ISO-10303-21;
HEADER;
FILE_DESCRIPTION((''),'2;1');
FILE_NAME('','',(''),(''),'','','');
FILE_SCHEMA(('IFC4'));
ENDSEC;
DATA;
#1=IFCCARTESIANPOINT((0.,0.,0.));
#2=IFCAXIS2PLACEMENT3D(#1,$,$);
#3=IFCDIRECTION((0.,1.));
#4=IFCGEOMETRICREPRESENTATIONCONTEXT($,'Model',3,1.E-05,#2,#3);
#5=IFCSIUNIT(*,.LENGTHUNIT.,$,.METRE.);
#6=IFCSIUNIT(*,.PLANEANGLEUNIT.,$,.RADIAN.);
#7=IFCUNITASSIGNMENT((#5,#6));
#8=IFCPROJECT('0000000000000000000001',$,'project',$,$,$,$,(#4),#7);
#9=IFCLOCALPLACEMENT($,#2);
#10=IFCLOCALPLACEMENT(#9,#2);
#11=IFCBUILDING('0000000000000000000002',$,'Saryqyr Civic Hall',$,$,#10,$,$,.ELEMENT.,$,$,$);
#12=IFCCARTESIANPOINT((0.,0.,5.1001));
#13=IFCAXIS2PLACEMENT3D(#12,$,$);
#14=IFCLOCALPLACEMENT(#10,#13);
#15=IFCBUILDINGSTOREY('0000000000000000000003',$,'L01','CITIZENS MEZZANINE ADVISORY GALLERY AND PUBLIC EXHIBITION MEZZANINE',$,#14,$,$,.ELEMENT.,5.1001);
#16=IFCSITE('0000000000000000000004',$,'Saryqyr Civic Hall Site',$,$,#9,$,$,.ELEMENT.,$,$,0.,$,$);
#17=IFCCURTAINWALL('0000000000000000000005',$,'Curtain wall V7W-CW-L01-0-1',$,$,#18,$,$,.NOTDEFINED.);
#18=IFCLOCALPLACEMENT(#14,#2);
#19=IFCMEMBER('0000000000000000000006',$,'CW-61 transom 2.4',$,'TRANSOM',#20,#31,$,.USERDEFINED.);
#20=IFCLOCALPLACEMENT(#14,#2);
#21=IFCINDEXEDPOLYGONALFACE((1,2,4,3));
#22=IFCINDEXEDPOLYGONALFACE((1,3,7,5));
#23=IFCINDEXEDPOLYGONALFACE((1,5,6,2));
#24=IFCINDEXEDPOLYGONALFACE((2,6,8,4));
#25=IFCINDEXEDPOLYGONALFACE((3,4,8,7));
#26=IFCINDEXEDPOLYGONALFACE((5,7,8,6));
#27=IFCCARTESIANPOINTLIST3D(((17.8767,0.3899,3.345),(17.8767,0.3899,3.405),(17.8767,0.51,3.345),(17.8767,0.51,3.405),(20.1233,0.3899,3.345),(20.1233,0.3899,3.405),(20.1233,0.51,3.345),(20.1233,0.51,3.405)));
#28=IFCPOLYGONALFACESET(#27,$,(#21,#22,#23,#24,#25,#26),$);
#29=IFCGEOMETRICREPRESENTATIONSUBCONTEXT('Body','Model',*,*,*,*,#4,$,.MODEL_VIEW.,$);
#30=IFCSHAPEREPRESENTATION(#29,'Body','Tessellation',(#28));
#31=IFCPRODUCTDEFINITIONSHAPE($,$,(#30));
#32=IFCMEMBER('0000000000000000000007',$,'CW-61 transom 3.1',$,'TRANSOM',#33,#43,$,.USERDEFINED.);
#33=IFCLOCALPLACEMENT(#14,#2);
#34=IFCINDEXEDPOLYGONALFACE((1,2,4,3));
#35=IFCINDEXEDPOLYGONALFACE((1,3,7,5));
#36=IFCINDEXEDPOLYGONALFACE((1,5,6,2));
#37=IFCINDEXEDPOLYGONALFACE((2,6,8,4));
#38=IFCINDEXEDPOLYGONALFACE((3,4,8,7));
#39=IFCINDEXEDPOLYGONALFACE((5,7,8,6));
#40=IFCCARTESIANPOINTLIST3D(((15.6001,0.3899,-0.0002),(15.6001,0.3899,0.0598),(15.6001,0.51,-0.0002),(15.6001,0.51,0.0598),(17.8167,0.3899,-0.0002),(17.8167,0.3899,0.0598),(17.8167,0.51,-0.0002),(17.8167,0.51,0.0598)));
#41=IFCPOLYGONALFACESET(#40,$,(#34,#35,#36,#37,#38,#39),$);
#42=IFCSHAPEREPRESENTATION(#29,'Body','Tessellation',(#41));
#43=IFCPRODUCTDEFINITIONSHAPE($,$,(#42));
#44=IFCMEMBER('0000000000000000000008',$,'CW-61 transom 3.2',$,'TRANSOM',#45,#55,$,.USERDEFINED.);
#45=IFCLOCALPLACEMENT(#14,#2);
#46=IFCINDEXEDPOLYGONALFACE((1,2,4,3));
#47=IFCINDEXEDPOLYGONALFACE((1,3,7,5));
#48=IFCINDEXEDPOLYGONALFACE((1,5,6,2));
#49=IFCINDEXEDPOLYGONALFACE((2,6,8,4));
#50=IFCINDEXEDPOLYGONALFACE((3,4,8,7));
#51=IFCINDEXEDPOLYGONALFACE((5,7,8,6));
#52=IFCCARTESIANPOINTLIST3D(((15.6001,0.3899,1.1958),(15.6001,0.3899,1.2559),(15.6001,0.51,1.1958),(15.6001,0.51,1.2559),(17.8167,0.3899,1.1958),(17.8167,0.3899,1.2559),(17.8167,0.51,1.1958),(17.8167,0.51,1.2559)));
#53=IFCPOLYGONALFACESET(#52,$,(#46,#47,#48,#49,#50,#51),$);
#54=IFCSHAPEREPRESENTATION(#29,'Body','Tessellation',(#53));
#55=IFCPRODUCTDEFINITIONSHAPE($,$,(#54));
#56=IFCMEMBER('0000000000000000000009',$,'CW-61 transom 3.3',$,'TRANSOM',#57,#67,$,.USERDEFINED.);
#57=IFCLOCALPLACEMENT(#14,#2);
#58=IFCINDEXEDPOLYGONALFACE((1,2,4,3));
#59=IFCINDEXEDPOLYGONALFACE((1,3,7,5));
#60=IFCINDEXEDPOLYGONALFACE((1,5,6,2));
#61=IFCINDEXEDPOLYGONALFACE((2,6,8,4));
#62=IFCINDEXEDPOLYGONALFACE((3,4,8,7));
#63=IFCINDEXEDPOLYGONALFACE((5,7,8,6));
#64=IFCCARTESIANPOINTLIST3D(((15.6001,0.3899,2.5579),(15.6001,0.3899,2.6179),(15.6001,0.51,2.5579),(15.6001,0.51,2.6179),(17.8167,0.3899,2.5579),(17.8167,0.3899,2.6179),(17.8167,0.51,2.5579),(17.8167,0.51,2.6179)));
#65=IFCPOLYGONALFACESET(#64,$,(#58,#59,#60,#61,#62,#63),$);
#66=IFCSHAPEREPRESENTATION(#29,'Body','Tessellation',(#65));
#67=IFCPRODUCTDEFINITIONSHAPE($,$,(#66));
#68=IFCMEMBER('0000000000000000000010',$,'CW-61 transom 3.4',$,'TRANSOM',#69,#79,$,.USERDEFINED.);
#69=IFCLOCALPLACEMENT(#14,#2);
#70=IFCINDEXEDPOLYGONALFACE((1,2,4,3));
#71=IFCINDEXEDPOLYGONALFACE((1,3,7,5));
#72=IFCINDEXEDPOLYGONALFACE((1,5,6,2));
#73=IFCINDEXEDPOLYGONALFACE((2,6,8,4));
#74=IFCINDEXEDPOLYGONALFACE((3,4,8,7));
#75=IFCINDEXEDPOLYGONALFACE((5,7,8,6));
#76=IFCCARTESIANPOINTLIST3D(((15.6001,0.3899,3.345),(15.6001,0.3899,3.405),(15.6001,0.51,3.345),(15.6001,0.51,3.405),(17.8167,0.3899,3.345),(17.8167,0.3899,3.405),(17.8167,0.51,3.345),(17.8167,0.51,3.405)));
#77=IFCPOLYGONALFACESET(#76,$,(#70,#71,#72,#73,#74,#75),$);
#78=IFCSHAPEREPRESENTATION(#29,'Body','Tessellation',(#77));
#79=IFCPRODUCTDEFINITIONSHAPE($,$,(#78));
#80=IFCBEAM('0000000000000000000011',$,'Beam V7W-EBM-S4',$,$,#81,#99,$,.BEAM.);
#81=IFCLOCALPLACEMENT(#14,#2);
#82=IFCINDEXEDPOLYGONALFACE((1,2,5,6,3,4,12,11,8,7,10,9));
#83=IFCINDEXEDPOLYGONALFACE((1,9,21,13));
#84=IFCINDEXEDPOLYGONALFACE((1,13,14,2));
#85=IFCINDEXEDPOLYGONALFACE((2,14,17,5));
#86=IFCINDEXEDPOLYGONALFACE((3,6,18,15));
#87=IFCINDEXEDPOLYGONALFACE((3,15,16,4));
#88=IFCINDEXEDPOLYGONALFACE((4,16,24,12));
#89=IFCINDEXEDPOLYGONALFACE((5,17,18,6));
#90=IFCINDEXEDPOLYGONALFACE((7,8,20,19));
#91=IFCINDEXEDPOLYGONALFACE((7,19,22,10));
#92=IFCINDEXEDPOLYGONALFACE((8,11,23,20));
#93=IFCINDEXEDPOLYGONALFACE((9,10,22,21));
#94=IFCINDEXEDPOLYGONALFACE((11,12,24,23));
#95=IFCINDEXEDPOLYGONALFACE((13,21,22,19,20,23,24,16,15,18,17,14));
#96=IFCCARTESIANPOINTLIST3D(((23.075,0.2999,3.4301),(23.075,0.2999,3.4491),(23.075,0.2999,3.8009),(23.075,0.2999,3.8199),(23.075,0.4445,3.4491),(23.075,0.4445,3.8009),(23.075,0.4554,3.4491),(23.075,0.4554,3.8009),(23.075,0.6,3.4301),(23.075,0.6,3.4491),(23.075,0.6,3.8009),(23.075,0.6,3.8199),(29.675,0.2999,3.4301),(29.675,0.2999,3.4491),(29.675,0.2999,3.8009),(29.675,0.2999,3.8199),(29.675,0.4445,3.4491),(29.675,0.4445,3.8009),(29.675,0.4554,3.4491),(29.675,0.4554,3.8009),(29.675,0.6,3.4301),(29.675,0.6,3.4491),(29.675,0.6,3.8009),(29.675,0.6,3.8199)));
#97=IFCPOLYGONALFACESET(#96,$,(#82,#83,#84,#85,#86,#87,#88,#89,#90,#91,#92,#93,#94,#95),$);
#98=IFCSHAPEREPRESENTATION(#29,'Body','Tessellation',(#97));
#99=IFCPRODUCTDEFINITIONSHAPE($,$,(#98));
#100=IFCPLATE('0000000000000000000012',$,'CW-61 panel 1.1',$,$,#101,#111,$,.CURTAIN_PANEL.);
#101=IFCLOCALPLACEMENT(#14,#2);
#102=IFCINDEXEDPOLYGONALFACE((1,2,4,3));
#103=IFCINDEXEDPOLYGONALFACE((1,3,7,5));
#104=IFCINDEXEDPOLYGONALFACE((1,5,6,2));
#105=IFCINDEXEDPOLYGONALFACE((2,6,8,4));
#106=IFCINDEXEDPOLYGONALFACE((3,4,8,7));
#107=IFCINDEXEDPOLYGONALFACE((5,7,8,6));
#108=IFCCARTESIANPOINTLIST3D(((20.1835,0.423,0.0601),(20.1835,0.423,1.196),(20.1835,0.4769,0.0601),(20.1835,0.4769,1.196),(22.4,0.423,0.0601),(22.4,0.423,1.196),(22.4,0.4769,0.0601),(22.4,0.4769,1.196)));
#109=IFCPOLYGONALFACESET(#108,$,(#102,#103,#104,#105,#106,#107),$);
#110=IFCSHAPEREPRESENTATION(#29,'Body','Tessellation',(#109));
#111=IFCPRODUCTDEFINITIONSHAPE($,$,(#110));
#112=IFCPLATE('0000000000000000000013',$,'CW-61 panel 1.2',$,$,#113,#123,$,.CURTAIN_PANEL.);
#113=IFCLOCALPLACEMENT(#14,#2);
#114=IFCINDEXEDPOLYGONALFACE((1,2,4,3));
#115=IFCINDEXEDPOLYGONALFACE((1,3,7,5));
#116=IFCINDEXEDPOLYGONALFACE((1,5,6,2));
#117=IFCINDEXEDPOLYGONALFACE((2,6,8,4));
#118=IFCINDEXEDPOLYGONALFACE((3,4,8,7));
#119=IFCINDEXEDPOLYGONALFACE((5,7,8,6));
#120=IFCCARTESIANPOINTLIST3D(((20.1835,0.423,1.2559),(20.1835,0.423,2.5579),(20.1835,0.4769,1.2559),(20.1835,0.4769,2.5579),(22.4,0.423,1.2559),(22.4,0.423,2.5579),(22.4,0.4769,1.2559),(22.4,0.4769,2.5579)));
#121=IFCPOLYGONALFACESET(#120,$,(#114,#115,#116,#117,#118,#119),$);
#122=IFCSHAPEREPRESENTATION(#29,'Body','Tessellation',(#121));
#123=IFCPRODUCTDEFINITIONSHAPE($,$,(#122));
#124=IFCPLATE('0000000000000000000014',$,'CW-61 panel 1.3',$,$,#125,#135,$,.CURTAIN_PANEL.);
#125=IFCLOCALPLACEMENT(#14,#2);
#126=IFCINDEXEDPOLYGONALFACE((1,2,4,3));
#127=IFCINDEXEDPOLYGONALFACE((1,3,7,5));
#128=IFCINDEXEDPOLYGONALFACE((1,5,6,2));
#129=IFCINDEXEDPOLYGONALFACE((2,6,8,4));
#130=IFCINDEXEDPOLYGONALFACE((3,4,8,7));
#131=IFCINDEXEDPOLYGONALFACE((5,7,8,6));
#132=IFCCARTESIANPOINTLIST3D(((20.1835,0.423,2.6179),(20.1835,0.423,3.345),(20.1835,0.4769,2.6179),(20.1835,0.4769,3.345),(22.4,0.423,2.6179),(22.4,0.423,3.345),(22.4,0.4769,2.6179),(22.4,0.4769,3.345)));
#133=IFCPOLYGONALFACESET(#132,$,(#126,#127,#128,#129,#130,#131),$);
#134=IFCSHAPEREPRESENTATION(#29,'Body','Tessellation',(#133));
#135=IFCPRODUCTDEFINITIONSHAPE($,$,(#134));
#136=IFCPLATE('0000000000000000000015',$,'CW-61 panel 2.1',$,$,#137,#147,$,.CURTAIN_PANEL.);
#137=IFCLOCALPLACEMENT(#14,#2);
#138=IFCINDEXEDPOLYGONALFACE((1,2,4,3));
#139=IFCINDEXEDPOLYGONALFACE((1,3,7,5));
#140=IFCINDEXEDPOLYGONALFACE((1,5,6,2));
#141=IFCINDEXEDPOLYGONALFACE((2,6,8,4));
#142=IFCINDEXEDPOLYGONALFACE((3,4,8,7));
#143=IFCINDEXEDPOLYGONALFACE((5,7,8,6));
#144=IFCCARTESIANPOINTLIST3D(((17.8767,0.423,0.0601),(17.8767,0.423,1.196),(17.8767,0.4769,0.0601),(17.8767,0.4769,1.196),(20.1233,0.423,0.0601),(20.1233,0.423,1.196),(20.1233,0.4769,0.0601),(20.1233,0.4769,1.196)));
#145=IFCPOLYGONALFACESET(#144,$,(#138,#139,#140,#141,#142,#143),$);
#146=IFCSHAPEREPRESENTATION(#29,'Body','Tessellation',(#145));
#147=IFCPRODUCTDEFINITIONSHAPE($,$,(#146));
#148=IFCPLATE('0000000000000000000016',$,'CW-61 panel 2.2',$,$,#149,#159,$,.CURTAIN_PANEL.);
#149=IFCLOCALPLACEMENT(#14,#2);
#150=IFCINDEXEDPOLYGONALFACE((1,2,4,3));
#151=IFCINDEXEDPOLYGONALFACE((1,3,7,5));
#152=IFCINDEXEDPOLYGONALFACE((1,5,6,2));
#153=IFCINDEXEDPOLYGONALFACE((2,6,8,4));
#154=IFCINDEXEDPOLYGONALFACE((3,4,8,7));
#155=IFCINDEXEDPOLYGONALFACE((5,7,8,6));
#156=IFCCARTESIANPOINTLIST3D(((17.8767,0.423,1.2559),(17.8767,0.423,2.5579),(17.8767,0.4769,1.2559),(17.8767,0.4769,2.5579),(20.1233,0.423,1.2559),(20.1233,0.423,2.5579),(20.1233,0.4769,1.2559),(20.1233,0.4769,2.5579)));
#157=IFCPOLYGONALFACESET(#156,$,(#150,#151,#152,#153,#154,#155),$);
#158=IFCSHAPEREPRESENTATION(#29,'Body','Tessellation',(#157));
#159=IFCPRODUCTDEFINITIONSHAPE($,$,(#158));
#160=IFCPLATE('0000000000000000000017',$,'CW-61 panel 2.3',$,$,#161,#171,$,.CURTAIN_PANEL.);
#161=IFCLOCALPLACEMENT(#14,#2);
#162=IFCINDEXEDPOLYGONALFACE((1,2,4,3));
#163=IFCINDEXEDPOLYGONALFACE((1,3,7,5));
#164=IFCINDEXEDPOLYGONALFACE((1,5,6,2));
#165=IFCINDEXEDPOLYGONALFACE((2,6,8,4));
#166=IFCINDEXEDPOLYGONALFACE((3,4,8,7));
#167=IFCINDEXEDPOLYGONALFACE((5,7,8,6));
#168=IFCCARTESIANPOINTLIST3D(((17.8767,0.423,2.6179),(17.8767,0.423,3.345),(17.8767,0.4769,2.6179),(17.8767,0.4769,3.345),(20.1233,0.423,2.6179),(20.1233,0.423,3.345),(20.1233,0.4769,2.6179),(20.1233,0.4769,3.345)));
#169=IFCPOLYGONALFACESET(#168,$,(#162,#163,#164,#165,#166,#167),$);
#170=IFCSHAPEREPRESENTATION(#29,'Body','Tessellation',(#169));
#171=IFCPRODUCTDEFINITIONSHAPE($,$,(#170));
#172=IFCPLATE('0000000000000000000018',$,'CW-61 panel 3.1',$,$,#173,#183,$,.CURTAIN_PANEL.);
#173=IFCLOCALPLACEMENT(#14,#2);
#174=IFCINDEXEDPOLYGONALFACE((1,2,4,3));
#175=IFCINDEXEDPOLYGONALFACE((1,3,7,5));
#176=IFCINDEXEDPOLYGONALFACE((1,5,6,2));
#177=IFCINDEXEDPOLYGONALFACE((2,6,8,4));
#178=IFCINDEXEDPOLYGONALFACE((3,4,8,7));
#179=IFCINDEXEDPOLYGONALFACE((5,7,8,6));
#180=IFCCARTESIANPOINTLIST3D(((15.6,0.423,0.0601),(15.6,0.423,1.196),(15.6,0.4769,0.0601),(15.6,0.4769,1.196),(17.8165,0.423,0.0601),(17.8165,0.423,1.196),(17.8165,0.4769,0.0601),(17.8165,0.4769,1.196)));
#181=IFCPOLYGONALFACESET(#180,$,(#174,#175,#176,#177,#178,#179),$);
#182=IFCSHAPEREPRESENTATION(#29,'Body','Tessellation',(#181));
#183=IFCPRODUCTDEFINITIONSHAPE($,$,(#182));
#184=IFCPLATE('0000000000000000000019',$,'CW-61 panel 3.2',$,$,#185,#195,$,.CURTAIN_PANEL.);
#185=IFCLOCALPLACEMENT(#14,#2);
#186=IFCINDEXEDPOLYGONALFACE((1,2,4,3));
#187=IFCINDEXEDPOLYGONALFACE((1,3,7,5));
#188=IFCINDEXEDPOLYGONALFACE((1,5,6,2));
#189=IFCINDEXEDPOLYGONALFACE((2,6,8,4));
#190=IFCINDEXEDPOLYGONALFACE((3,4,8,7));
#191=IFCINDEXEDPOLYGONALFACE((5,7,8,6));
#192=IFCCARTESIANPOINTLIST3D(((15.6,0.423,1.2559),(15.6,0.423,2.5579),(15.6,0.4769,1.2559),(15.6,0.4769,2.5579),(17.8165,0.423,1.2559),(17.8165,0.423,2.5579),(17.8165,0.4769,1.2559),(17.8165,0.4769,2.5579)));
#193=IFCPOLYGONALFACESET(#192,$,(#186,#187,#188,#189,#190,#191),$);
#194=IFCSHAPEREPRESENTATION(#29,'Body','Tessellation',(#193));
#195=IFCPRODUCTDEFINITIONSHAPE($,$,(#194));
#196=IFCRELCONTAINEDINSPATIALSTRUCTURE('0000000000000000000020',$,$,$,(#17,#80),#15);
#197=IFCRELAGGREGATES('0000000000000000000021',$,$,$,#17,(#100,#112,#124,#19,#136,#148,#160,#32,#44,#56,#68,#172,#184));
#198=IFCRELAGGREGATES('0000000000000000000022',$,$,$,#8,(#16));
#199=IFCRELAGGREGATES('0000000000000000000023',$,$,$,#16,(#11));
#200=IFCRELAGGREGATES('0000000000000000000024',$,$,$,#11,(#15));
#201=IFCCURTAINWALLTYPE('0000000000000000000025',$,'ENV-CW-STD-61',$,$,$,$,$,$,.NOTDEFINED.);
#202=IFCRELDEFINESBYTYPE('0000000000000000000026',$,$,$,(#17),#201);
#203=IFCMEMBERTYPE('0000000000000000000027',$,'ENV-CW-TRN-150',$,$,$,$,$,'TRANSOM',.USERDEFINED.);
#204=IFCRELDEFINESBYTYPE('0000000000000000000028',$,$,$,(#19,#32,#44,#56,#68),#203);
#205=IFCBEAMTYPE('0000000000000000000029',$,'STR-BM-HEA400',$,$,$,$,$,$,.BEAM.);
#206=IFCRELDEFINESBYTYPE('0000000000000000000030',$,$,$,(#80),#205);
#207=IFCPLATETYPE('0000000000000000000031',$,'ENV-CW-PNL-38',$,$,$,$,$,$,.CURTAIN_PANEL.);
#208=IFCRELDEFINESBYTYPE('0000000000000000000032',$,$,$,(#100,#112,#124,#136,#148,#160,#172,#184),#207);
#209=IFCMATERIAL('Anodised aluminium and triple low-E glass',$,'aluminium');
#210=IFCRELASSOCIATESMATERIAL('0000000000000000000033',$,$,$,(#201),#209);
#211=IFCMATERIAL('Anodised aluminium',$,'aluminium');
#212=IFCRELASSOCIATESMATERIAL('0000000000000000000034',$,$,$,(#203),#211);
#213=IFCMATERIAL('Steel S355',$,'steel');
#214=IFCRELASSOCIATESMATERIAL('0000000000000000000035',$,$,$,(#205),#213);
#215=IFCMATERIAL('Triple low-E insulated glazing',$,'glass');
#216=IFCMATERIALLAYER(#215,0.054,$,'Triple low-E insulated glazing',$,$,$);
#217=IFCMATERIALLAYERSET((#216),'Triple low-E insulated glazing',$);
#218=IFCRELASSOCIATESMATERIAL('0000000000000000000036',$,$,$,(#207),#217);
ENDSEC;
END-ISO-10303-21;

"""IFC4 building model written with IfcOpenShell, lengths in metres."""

from ifc_helpers import new_model, si_unit, direction, frame, origin, origin_2d, place, context, subcontext, project, spatial, rectangle, i_section, extrude, material, layer, layer_set, material_profile, profile_set, type_object, element, aggregate, save


model = new_model("IFC4")

# Units and contexts
model_context = context("Model", 3, precision=1e-05, world=origin(), true_north=direction((0.0, 1.0)))
body_context = subcontext(model_context, "Body", "Model", "MODEL_VIEW")
ifc_project = project(units=[si_unit("LENGTHUNIT", "METRE"), si_unit("PLANEANGLEUNIT", "RADIAN")], contexts=[model_context])

# Site, building, storey
site_placement = place(None, origin())
site = spatial("IfcSite", under=ifc_project, at=site_placement, Name="Saryqyr Civic Hall Site", CompositionType="ELEMENT", RefElevation=0.0)
building_placement = place(site_placement, origin())
building = spatial("IfcBuilding", under=site, at=building_placement, Name="Saryqyr Civic Hall", CompositionType="ELEMENT")
storey_placement = place(building_placement, frame((0.0, 0.0, 5.1001)))
storey = spatial("IfcBuildingStorey", under=building, at=storey_placement, Name="L01", Description="CITIZENS MEZZANINE ADVISORY GALLERY AND PUBLIC EXHIBITION MEZZANINE", CompositionType="ELEMENT", Elevation=5.1001)

# Curtain wall, members
ifc_material_1 = material(Name="Anodised aluminium and triple low-E glass", Category="aluminium")
curtain_wall_type = type_object("IfcCurtainWallType", Name="ENV-CW-STD-61", PredefinedType="NOTDEFINED", material=ifc_material_1)
curtain_wall_placement = place(storey_placement, origin())
curtain_wall = element("IfcCurtainWall", 1, at=curtain_wall_placement, inside=storey, type_object=curtain_wall_type, Name="Curtain wall V7W-CW-L01-0-1", PredefinedType="NOTDEFINED")
ifc_material_2 = material(Name="Anodised aluminium", Category="aluminium")
ifc_material_profile_1 = material_profile(ifc_material_2, rectangle(XDim=0.1201, YDim=0.0601, at=origin_2d()), Name="ALU TRANSOM 120x60")
ifc_profile_set_1 = profile_set([ifc_material_profile_1], Name="Anodised aluminium")
member_type_1 = type_object("IfcMemberType", Name="ENV-CW-TRN-150", ElementType="TRANSOM", PredefinedType="USERDEFINED", material=ifc_profile_set_1)
member_1_placement = place(storey_placement, frame((20.1233, 0.45, 3.375), z_axis=(-1.0, 0.0, 0.0), x_axis=(0.0, -1.0, 0.0)))
member_1 = element("IfcMember", 2, at=member_1_placement, type_object=member_type_1, Name="CW-61 transom 2.4", ObjectType="TRANSOM", PredefinedType="USERDEFINED", context=body_context, shape_type="SweptSolid", body=[
    extrude(rectangle(XDim=0.1201, YDim=0.0601, at=origin_2d()), origin(), (0.0, 0.0, 1.0), 2.2466),
])
member_2_placement = place(storey_placement, frame((17.8167, 0.45, 0.0298), z_axis=(-1.0, 0.0, 0.0), x_axis=(0.0, -1.0, 0.0)))
member_2 = element("IfcMember", 3, at=member_2_placement, type_object=member_type_1, Name="CW-61 transom 3.1", ObjectType="TRANSOM", PredefinedType="USERDEFINED", context=body_context, shape_type="SweptSolid", body=[
    extrude(rectangle(XDim=0.1201, YDim=0.0601, at=origin_2d()), origin(), (0.0, 0.0, 1.0), 2.2166),
])
member_3_placement = place(storey_placement, frame((17.8167, 0.45, 1.2258), z_axis=(-1.0, 0.0, 0.0), x_axis=(0.0, -1.0, 0.0)))
member_3 = element("IfcMember", 4, at=member_3_placement, type_object=member_type_1, Name="CW-61 transom 3.2", ObjectType="TRANSOM", PredefinedType="USERDEFINED", context=body_context, shape_type="SweptSolid", body=[
    extrude(rectangle(XDim=0.1201, YDim=0.0601, at=origin_2d()), origin(), (0.0, 0.0, 1.0), 2.2166),
])
member_4_placement = place(storey_placement, frame((17.8167, 0.45, 2.5879), z_axis=(-1.0, 0.0, 0.0), x_axis=(0.0, -1.0, 0.0)))
member_4 = element("IfcMember", 5, at=member_4_placement, type_object=member_type_1, Name="CW-61 transom 3.3", ObjectType="TRANSOM", PredefinedType="USERDEFINED", context=body_context, shape_type="SweptSolid", body=[
    extrude(rectangle(XDim=0.1201, YDim=0.0601, at=origin_2d()), origin(), (0.0, 0.0, 1.0), 2.2166),
])
member_5_placement = place(storey_placement, frame((17.8167, 0.45, 3.375), z_axis=(-1.0, 0.0, 0.0), x_axis=(0.0, -1.0, 0.0)))
member_5 = element("IfcMember", 6, at=member_5_placement, type_object=member_type_1, Name="CW-61 transom 3.4", ObjectType="TRANSOM", PredefinedType="USERDEFINED", context=body_context, shape_type="SweptSolid", body=[
    extrude(rectangle(XDim=0.1201, YDim=0.0601, at=origin_2d()), origin(), (0.0, 0.0, 1.0), 2.2166),
])

# Beam
ifc_material_3 = material(Name="Steel S355", Category="steel")
ifc_material_profile_2 = material_profile(ifc_material_3, i_section(OverallWidth=0.3, OverallDepth=0.3899, WebThickness=0.011, FlangeThickness=0.019, at=origin_2d()), Name="HEA 400")
ifc_profile_set_2 = profile_set([ifc_material_profile_2], Name="Steel S355")
beam_type = type_object("IfcBeamType", Name="STR-BM-HEA400", PredefinedType="BEAM", material=ifc_profile_set_2)
beam_placement = place(storey_placement, frame((23.075, 0.45, 3.625), z_axis=(1.0, 0.0, 0.0), x_axis=(0.0, 1.0, 0.0)))
element("IfcBeam", 7, at=beam_placement, inside=storey, type_object=beam_type, Name="Beam V7W-EBM-S4", PredefinedType="BEAM", context=body_context, shape_type="SweptSolid", body=[
    extrude(i_section(OverallWidth=0.3, OverallDepth=0.3899, WebThickness=0.011, FlangeThickness=0.019, at=origin_2d()), origin(), (0.0, 0.0, 1.0), 6.6001),
])

# Plates
ifc_material_4 = material(Name="Triple low-E insulated glazing", Category="glass")
ifc_layer_1 = layer(ifc_material_4, 0.054, Name="Triple low-E insulated glazing")
ifc_layer_set_1 = layer_set([ifc_layer_1], Name="Triple low-E insulated glazing")
plate_type = type_object("IfcPlateType", Name="ENV-CW-PNL-38", PredefinedType="CURTAIN_PANEL", material=ifc_layer_set_1)
plate_1_placement = place(storey_placement, frame((21.2917, 0.45, 0.0601), z_axis=(0.0, 0.0, 1.0), x_axis=(-1.0, 0.0, 0.0)))
plate_1 = element("IfcPlate", 8, at=plate_1_placement, type_object=plate_type, Name="CW-61 panel 1.1", PredefinedType="CURTAIN_PANEL", context=body_context, shape_type="SweptSolid", body=[
    extrude(rectangle(XDim=2.2166, YDim=0.054, at=origin_2d()), origin(), (0.0, 0.0, 1.0), 1.136),
])
plate_2_placement = place(storey_placement, frame((21.2917, 0.45, 1.2559), z_axis=(0.0, 0.0, 1.0), x_axis=(-1.0, 0.0, 0.0)))
plate_2 = element("IfcPlate", 9, at=plate_2_placement, type_object=plate_type, Name="CW-61 panel 1.2", PredefinedType="CURTAIN_PANEL", context=body_context, shape_type="SweptSolid", body=[
    extrude(rectangle(XDim=2.2166, YDim=0.054, at=origin_2d()), origin(), (0.0, 0.0, 1.0), 1.302),
])
plate_3_placement = place(storey_placement, frame((21.2917, 0.45, 2.6179), z_axis=(0.0, 0.0, 1.0), x_axis=(-1.0, 0.0, 0.0)))
plate_3 = element("IfcPlate", 10, at=plate_3_placement, type_object=plate_type, Name="CW-61 panel 1.3", PredefinedType="CURTAIN_PANEL", context=body_context, shape_type="SweptSolid", body=[
    extrude(rectangle(XDim=2.2166, YDim=0.054, at=origin_2d()), origin(), (0.0, 0.0, 1.0), 0.7271),
])
plate_4_placement = place(storey_placement, frame((19.0, 0.45, 0.0601), z_axis=(0.0, 0.0, 1.0), x_axis=(-1.0, 0.0, 0.0)))
plate_4 = element("IfcPlate", 11, at=plate_4_placement, type_object=plate_type, Name="CW-61 panel 2.1", PredefinedType="CURTAIN_PANEL", context=body_context, shape_type="SweptSolid", body=[
    extrude(rectangle(XDim=2.2466, YDim=0.054, at=origin_2d()), origin(), (0.0, 0.0, 1.0), 1.136),
])
plate_5_placement = place(storey_placement, frame((19.0, 0.45, 1.2559), z_axis=(0.0, 0.0, 1.0), x_axis=(-1.0, 0.0, 0.0)))
plate_5 = element("IfcPlate", 12, at=plate_5_placement, type_object=plate_type, Name="CW-61 panel 2.2", PredefinedType="CURTAIN_PANEL", context=body_context, shape_type="SweptSolid", body=[
    extrude(rectangle(XDim=2.2466, YDim=0.054, at=origin_2d()), origin(), (0.0, 0.0, 1.0), 1.302),
])
plate_6_placement = place(storey_placement, frame((19.0, 0.45, 2.6179), z_axis=(0.0, 0.0, 1.0), x_axis=(-1.0, 0.0, 0.0)))
plate_6 = element("IfcPlate", 13, at=plate_6_placement, type_object=plate_type, Name="CW-61 panel 2.3", PredefinedType="CURTAIN_PANEL", context=body_context, shape_type="SweptSolid", body=[
    extrude(rectangle(XDim=2.2466, YDim=0.054, at=origin_2d()), origin(), (0.0, 0.0, 1.0), 0.7271),
])
plate_7_placement = place(storey_placement, frame((16.7083, 0.45, 0.0601), z_axis=(0.0, 0.0, 1.0), x_axis=(-1.0, 0.0, 0.0)))
plate_7 = element("IfcPlate", 14, at=plate_7_placement, type_object=plate_type, Name="CW-61 panel 3.1", PredefinedType="CURTAIN_PANEL", context=body_context, shape_type="SweptSolid", body=[
    extrude(rectangle(XDim=2.2166, YDim=0.054, at=origin_2d()), origin(), (0.0, 0.0, 1.0), 1.136),
])
plate_8_placement = place(storey_placement, frame((16.7083, 0.45, 1.2559), z_axis=(0.0, 0.0, 1.0), x_axis=(-1.0, 0.0, 0.0)))
plate_8 = element("IfcPlate", 15, at=plate_8_placement, type_object=plate_type, Name="CW-61 panel 3.2", PredefinedType="CURTAIN_PANEL", context=body_context, shape_type="SweptSolid", body=[
    extrude(rectangle(XDim=2.2166, YDim=0.054, at=origin_2d()), origin(), (0.0, 0.0, 1.0), 1.302),
])
aggregate(curtain_wall, [plate_1, plate_2, plate_3, member_1, plate_4, plate_5, plate_6, member_2, member_3, member_4, member_5, plate_7, plate_8])

save(model, "model.ifc")
